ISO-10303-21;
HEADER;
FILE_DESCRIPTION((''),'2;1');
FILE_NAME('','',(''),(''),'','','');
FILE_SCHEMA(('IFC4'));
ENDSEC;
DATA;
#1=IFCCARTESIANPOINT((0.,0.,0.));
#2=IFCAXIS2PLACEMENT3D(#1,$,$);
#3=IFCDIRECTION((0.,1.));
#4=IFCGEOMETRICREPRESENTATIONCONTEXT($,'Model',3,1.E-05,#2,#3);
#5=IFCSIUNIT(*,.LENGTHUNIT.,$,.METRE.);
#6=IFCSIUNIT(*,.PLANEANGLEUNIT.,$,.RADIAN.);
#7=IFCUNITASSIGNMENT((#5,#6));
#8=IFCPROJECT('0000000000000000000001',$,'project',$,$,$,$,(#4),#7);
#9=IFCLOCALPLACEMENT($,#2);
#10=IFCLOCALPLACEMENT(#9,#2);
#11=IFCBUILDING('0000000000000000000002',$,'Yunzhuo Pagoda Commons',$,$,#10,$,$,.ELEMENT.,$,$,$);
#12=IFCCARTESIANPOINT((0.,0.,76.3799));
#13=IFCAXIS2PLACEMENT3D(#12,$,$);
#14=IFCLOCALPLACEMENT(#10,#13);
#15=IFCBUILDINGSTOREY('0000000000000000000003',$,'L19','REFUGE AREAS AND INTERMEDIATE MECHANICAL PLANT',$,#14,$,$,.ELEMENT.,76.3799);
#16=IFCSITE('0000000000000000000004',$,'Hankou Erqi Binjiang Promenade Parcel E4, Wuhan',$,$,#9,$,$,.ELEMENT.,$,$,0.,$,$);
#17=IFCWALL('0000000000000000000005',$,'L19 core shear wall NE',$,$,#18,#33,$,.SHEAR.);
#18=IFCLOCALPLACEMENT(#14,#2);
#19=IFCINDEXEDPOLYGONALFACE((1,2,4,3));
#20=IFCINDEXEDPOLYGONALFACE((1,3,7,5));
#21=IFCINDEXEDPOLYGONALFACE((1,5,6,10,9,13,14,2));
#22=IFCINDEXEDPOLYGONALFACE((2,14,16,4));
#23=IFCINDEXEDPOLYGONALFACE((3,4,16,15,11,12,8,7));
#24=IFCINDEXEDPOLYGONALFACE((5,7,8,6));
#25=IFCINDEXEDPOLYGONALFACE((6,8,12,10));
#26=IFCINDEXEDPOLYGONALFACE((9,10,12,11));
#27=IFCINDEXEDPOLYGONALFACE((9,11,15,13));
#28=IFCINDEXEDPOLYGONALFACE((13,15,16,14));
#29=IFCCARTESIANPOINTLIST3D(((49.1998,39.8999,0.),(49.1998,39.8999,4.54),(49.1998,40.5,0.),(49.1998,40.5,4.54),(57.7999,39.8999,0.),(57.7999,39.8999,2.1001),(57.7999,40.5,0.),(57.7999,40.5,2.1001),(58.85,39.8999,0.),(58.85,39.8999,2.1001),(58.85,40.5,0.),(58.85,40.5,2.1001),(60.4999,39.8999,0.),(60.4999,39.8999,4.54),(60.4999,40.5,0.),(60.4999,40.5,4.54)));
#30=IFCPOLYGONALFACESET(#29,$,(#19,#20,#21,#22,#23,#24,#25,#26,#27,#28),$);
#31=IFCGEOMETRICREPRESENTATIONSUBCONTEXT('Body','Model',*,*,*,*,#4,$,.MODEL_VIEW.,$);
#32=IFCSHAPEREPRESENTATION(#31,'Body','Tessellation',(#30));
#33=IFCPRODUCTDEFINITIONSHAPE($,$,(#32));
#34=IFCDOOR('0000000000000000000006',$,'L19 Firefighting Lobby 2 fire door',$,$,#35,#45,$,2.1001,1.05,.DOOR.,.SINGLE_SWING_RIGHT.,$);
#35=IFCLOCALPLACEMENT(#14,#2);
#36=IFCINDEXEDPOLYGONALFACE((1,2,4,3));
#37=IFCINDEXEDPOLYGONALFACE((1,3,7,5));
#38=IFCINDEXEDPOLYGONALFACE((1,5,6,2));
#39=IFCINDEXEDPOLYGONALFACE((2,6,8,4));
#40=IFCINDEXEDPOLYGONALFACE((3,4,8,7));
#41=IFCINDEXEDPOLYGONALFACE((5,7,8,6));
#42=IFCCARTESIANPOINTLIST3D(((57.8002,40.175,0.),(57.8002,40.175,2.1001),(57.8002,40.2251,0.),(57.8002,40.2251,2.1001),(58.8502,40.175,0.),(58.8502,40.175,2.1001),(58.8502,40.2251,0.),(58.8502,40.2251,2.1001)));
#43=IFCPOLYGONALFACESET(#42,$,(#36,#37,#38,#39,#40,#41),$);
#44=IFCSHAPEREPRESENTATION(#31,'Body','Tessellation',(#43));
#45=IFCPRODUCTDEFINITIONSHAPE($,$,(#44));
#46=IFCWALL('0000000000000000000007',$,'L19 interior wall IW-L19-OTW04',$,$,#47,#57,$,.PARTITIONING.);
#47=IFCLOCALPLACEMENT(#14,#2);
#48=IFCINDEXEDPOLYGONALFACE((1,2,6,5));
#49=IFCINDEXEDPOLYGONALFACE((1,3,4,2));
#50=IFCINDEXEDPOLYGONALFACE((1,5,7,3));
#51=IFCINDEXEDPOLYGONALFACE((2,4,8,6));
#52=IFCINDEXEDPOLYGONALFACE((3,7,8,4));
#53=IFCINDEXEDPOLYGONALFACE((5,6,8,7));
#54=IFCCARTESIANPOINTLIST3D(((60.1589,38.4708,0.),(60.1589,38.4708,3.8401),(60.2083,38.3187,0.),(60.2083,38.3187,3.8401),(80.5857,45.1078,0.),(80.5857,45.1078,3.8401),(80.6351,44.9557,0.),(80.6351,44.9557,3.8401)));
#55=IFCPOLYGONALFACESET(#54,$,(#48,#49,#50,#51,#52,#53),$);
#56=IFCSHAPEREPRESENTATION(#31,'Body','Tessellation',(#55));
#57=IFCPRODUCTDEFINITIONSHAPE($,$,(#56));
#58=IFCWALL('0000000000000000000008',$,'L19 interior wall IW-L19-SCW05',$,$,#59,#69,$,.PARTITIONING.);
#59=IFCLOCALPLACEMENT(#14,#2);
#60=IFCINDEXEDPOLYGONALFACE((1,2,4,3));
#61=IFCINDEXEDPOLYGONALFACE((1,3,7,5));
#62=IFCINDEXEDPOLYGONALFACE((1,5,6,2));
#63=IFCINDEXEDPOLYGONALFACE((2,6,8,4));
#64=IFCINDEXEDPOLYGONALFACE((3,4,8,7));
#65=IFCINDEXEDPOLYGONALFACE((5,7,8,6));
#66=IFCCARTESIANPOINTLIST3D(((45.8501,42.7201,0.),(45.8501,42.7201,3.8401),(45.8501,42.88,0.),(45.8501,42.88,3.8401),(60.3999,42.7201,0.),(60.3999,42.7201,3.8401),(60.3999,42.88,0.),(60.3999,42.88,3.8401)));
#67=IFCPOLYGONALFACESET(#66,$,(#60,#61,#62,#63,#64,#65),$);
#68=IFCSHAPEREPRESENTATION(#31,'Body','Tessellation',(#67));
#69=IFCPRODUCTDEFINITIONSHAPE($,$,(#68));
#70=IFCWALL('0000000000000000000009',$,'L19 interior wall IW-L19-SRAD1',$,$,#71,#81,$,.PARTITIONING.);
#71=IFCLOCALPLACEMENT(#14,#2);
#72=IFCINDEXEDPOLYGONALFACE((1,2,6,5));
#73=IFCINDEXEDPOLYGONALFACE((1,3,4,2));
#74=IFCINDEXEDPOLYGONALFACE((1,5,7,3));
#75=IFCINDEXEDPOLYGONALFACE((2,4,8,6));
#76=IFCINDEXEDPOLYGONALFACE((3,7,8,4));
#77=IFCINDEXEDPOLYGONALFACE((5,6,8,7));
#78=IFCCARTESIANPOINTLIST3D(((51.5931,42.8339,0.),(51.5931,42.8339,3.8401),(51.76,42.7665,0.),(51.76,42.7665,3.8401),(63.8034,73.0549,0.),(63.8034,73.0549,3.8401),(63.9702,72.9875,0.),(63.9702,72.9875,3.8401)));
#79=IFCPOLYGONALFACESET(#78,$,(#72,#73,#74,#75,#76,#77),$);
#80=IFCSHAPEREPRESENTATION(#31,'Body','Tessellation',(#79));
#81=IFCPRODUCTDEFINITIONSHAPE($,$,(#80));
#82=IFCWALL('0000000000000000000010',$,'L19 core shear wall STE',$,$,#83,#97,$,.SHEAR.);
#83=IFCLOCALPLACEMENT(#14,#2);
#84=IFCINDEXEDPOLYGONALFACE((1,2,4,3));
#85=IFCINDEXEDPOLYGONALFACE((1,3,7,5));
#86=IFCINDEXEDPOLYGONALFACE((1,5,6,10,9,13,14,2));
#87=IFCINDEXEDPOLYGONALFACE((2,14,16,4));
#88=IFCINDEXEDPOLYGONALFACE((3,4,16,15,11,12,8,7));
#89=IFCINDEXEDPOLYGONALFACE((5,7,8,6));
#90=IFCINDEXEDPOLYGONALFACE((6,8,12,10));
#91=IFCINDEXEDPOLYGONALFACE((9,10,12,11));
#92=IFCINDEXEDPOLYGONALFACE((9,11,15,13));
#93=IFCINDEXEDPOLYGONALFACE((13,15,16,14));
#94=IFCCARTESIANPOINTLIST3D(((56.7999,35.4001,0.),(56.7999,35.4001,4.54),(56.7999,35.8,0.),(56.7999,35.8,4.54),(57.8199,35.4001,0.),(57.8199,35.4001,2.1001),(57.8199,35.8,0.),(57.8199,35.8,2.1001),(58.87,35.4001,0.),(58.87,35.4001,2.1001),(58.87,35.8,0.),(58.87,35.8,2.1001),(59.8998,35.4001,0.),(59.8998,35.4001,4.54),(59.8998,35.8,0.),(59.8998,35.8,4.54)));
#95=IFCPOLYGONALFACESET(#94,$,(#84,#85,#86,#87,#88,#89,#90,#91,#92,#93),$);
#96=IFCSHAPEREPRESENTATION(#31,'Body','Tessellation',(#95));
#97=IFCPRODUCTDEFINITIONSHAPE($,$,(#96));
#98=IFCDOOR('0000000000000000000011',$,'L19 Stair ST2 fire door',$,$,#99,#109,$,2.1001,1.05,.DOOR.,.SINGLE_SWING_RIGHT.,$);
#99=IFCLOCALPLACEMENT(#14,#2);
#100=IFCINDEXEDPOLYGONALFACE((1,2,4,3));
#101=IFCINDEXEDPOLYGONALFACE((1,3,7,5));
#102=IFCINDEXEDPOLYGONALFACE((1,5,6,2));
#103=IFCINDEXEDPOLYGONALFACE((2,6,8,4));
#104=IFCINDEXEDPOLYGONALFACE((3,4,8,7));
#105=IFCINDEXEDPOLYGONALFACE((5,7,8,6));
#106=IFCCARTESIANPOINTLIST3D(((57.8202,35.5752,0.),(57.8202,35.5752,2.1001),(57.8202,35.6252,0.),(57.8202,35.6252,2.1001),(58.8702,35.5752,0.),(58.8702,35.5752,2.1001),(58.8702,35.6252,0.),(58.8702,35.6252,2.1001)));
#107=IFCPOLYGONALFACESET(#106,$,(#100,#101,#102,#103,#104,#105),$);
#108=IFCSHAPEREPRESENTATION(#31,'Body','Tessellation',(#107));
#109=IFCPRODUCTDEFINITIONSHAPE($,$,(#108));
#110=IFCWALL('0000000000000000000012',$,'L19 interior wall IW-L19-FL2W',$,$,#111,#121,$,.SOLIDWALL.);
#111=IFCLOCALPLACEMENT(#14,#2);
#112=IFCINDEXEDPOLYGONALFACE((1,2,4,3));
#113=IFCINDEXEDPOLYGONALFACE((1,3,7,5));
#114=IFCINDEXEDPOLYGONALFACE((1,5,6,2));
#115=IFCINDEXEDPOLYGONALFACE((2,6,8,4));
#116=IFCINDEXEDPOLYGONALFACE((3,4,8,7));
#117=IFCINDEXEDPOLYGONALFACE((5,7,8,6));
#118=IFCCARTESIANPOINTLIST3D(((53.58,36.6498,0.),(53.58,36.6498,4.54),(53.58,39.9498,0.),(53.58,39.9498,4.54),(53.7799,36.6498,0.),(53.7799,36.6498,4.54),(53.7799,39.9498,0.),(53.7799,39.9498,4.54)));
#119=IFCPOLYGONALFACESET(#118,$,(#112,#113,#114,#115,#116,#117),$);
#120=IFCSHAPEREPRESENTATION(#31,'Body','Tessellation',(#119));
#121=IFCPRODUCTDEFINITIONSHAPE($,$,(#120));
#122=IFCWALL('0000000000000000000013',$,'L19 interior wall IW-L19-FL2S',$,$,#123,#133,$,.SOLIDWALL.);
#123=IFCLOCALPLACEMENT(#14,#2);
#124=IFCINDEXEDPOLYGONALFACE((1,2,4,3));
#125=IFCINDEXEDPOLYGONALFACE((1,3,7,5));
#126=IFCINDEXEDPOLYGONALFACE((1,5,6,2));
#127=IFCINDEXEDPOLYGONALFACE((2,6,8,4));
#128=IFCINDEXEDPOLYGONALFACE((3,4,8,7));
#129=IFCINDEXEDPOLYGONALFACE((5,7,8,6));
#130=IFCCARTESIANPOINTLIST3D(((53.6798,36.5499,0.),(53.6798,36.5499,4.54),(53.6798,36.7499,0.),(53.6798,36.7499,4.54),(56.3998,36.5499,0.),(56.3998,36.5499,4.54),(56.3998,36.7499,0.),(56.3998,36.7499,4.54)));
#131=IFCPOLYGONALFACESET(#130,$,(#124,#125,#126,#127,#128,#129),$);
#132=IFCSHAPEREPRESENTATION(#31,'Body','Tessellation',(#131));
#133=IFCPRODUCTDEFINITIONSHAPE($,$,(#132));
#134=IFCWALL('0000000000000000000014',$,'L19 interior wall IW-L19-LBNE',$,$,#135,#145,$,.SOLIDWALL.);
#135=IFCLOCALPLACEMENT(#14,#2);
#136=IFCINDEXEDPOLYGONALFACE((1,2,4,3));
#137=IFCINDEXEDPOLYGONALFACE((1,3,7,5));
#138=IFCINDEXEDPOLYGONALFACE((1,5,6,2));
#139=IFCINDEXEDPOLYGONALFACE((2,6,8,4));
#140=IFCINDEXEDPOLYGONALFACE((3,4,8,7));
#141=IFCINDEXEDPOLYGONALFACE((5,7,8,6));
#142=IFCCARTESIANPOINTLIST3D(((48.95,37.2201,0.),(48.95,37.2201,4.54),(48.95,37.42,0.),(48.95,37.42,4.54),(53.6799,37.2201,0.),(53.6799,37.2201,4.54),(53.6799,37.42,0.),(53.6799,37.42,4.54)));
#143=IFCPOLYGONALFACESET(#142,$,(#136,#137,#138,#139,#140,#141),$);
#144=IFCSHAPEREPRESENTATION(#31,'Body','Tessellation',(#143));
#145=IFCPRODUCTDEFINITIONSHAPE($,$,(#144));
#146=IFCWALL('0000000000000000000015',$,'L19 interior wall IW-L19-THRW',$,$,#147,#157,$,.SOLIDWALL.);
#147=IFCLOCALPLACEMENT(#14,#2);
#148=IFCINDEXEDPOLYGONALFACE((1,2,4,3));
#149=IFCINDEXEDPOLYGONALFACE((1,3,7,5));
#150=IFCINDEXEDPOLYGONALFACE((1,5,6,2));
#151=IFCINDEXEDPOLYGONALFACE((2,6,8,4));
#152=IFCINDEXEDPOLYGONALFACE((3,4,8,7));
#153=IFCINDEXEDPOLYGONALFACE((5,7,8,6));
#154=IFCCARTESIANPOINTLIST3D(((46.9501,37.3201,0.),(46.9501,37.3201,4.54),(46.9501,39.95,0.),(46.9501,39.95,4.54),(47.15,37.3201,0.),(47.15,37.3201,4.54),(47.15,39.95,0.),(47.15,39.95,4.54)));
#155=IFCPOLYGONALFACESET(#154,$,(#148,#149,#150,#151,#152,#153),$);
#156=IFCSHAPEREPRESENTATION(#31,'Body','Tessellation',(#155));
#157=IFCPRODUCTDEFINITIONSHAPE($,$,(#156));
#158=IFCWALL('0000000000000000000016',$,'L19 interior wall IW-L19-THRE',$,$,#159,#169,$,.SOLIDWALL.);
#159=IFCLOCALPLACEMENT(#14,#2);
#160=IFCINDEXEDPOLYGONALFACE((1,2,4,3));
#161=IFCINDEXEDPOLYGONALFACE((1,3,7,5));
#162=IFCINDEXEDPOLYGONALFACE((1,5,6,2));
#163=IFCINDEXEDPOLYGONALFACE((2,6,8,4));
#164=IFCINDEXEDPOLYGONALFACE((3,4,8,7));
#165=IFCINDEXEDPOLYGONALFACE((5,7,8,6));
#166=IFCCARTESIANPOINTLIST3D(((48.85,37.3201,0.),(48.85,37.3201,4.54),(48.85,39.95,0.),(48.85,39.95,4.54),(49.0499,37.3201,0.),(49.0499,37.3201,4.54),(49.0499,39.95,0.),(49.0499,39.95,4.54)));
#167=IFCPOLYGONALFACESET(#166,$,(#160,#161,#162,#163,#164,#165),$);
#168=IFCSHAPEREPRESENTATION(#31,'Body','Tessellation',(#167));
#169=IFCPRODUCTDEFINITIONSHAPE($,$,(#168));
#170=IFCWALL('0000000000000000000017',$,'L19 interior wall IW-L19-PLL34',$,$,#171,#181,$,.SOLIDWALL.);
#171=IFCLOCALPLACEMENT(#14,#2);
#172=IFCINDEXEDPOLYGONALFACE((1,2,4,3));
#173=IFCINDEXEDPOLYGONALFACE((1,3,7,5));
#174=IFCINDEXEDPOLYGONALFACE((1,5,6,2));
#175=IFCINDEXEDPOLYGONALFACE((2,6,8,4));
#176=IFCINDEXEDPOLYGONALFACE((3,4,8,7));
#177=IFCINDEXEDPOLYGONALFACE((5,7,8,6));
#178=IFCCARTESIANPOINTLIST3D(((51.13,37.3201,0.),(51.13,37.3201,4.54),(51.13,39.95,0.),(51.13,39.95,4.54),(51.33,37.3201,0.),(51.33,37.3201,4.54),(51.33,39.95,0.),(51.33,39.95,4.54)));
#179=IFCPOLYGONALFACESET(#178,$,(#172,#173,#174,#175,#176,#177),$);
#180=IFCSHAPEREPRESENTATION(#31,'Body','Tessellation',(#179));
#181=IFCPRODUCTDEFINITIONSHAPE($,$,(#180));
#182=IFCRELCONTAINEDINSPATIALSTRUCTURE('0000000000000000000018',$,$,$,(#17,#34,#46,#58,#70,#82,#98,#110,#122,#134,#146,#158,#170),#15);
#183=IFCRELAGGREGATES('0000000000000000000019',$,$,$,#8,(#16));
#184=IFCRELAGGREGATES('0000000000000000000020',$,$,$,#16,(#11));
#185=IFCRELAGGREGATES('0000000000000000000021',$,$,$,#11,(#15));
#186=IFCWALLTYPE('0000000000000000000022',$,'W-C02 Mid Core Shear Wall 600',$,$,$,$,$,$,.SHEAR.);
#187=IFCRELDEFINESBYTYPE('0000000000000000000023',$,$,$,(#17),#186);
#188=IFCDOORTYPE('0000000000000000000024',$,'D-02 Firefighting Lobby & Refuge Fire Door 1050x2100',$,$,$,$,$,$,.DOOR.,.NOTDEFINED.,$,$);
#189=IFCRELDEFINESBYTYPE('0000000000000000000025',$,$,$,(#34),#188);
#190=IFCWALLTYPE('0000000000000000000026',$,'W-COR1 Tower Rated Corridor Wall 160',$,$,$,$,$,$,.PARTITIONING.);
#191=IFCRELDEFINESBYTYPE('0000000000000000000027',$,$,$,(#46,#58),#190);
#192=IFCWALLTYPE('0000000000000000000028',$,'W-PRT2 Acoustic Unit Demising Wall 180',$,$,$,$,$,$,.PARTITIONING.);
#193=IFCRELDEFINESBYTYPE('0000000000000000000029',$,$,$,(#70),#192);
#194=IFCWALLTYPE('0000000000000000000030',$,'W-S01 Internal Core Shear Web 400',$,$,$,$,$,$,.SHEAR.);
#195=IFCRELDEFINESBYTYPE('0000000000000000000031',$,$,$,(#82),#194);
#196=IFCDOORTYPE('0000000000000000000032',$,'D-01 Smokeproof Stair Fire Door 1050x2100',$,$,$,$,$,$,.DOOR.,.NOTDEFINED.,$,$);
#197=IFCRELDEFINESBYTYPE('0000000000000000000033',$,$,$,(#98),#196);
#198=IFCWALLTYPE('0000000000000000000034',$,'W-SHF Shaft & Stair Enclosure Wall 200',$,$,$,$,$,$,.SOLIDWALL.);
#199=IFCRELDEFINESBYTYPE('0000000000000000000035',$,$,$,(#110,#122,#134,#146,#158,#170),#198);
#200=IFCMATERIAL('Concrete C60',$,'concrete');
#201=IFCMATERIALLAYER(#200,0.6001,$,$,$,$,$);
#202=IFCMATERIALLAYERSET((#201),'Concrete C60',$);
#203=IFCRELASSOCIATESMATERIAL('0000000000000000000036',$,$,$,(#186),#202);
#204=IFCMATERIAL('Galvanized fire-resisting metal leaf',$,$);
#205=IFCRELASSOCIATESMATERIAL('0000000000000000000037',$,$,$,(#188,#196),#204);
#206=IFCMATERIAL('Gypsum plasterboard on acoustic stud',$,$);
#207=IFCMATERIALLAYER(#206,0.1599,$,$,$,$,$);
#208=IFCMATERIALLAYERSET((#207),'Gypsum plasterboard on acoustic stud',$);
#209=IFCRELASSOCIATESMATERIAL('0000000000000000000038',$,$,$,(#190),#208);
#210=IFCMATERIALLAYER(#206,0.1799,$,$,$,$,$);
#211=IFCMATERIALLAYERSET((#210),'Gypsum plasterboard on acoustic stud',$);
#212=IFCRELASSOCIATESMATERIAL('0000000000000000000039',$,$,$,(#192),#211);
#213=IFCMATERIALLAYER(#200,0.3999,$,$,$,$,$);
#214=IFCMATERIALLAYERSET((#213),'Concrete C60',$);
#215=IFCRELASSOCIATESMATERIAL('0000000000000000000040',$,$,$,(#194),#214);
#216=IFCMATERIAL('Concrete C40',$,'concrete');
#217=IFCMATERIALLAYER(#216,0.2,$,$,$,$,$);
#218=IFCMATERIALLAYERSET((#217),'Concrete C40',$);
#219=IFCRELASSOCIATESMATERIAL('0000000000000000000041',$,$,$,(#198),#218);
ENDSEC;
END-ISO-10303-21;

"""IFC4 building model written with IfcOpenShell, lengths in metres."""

from ifc_helpers import new_model, si_unit, direction, frame, frame_2d, origin, place, context, subcontext, project, spatial, rectangle, extrude, source, transform, mapped, material, layer, layer_set, type_object, element, fill, save


model = new_model("IFC4")

# Units and contexts
model_context = context("Model", 3, precision=1e-05, world=origin(), true_north=direction((0.0, 1.0)))
body_context = subcontext(model_context, "Body", "Model", "MODEL_VIEW")
ifc_project = project(units=[si_unit("LENGTHUNIT", "METRE"), si_unit("PLANEANGLEUNIT", "RADIAN")], contexts=[model_context])

# Site, building, storey
site_placement = place(None, origin())
site = spatial("IfcSite", under=ifc_project, at=site_placement, Name="Hankou Erqi Binjiang Promenade Parcel E4, Wuhan", CompositionType="ELEMENT", RefElevation=0.0)
building_placement = place(site_placement, origin())
building = spatial("IfcBuilding", under=site, at=building_placement, Name="Yunzhuo Pagoda Commons", CompositionType="ELEMENT")
storey_placement = place(building_placement, frame((0.0, 0.0, 76.3799)))
storey = spatial("IfcBuildingStorey", under=building, at=storey_placement, Name="L19", Description="REFUGE AREAS AND INTERMEDIATE MECHANICAL PLANT", CompositionType="ELEMENT", Elevation=76.3799)

# Wall, opening, door
ifc_material_1 = material(Name="Concrete C60", Category="concrete")
ifc_layer_1 = layer(ifc_material_1, 0.6001)
ifc_layer_set_1 = layer_set([ifc_layer_1], Name="Concrete C60")
wall_type_1 = type_object("IfcWallType", Name="W-C02 Mid Core Shear Wall 600", PredefinedType="SHEAR", material=ifc_layer_set_1)
wall_1_placement = place(storey_placement, frame((49.2, 40.2, 0.0), z_axis=(0.0, 0.0, 1.0), x_axis=(1.0, 0.0, 0.0)))
wall_1 = element("IfcWall", 1, at=wall_1_placement, inside=storey, type_object=wall_type_1, Name="L19 core shear wall NE", PredefinedType="SHEAR", context=body_context, shape_type="SweptSolid", body=[
    extrude(rectangle(XDim=11.3, YDim=0.6001, at=frame_2d((5.6499, 0.0))), origin(), (0.0, 0.0, 1.0), 4.54),
])
opening_1_placement = place(wall_1_placement, frame((8.6001, 0.0, 0.0)))
opening_1 = element("IfcOpeningElement", 2, at=opening_1_placement, cuts=wall_1, PredefinedType="OPENING", context=body_context, shape_type="SweptSolid", body=[
    extrude(rectangle(XDim=1.05, YDim=2.1001, at=frame_2d((0.5249, 1.05))), frame((0.0, 0.3101, 0.0), z_axis=(0.0, -1.0, 0.0), x_axis=(1.0, 0.0, 0.0)), (0.0, 0.0, 1.0), 0.6201),
])
ifc_material_2 = material(Name="Galvanized fire-resisting metal leaf")
door_type_1 = type_object("IfcDoorType", Name="D-02 Firefighting Lobby & Refuge Fire Door 1050x2100", OperationType="NOTDEFINED", PredefinedType="DOOR", material=ifc_material_2)
shared_shape_1 = source(origin(), body_context, "Body", "SweptSolid", [
    extrude(rectangle(XDim=1.05, YDim=2.1001, at=frame_2d((0.5249, 1.05))), frame((0.0, 0.0249, 0.0), z_axis=(0.0, -1.0, 0.0), x_axis=(1.0, 0.0, 0.0)), (0.0, 0.0, 1.0), 0.05),
])
door_1_placement = place(opening_1_placement, frame((1.05, 0.0, 0.0), z_axis=(0.0, 0.0, 1.0), x_axis=(-1.0, 0.0, 0.0)))
door_1 = element("IfcDoor", 3, at=door_1_placement, inside=storey, type_object=door_type_1, Name="L19 Firefighting Lobby 2 fire door", OperationType="SINGLE_SWING_RIGHT", OverallHeight=2.1001, OverallWidth=1.05, PredefinedType="DOOR", context=body_context, shape_type="MappedRepresentation", body=[
    mapped(shared_shape_1, transform((0.0, 0.0, 0.0), scale=1.0)),
])
fill(opening_1, door_1)

# Walls
ifc_material_3 = material(Name="Gypsum plasterboard on acoustic stud")
ifc_layer_2 = layer(ifc_material_3, 0.1599)
ifc_layer_set_2 = layer_set([ifc_layer_2], Name="Gypsum plasterboard on acoustic stud")
wall_type_2 = type_object("IfcWallType", Name="W-COR1 Tower Rated Corridor Wall 160", PredefinedType="PARTITIONING", material=ifc_layer_set_2)
wall_2_placement = place(storey_placement, frame((60.1836, 38.3948, 0.0), z_axis=(0.0, 0.0, 1.0), x_axis=(0.951058, 0.309013, 0.0)))
element("IfcWall", 4, at=wall_2_placement, inside=storey, type_object=wall_type_2, Name="L19 interior wall IW-L19-OTW04", PredefinedType="PARTITIONING", context=body_context, shape_type="SweptSolid", body=[
    extrude(rectangle(XDim=21.478, YDim=0.1599, at=frame_2d((10.739, 0.0))), origin(), (0.0, 0.0, 1.0), 3.8401),
])
wall_3_placement = place(storey_placement, frame((45.8501, 42.8, 0.0), z_axis=(0.0, 0.0, 1.0), x_axis=(1.0, 0.0, 0.0)))
element("IfcWall", 5, at=wall_3_placement, inside=storey, type_object=wall_type_2, Name="L19 interior wall IW-L19-SCW05", PredefinedType="PARTITIONING", context=body_context, shape_type="SweptSolid", body=[
    extrude(rectangle(XDim=14.5498, YDim=0.1599, at=frame_2d((7.2749, 0.0))), origin(), (0.0, 0.0, 1.0), 3.8401),
])
ifc_layer_3 = layer(ifc_material_3, 0.1799)
ifc_layer_set_3 = layer_set([ifc_layer_3], Name="Gypsum plasterboard on acoustic stud")
wall_type_3 = type_object("IfcWallType", Name="W-PRT2 Acoustic Unit Demising Wall 180", PredefinedType="PARTITIONING", material=ifc_layer_set_3)
wall_4_placement = place(storey_placement, frame((51.6765, 42.8, 0.0), z_axis=(0.0, 0.0, 1.0), x_axis=(0.374611, 0.927182, 0.0)))
element("IfcWall", 6, at=wall_4_placement, inside=storey, type_object=wall_type_3, Name="L19 interior wall IW-L19-SRAD1", PredefinedType="PARTITIONING", context=body_context, shape_type="SweptSolid", body=[
    extrude(rectangle(XDim=32.5945, YDim=0.1799, at=frame_2d((16.2974, 0.0))), origin(), (0.0, 0.0, 1.0), 3.8401),
])

# Wall, opening, door
ifc_layer_4 = layer(ifc_material_1, 0.3999)
ifc_layer_set_4 = layer_set([ifc_layer_4], Name="Concrete C60")
wall_type_4 = type_object("IfcWallType", Name="W-S01 Internal Core Shear Web 400", PredefinedType="SHEAR", material=ifc_layer_set_4)
wall_5_placement = place(storey_placement, frame((56.8, 35.6001, 0.0), z_axis=(0.0, 0.0, 1.0), x_axis=(1.0, 0.0, 0.0)))
wall_5 = element("IfcWall", 7, at=wall_5_placement, inside=storey, type_object=wall_type_4, Name="L19 core shear wall STE", PredefinedType="SHEAR", context=body_context, shape_type="SweptSolid", body=[
    extrude(rectangle(XDim=3.0999, YDim=0.3999, at=frame_2d((1.5498, 0.0))), origin(), (0.0, 0.0, 1.0), 4.54),
])
opening_2_placement = place(wall_5_placement, frame((1.02, 0.0, 0.0)))
opening_2 = element("IfcOpeningElement", 8, at=opening_2_placement, cuts=wall_5, PredefinedType="OPENING", context=body_context, shape_type="SweptSolid", body=[
    extrude(rectangle(XDim=1.05, YDim=2.1001, at=frame_2d((0.5249, 1.05))), frame((0.0, 0.21, 0.0), z_axis=(0.0, -1.0, 0.0), x_axis=(1.0, 0.0, 0.0)), (0.0, 0.0, 1.0), 0.4199),
])
door_type_2 = type_object("IfcDoorType", Name="D-01 Smokeproof Stair Fire Door 1050x2100", OperationType="NOTDEFINED", PredefinedType="DOOR", material=ifc_material_2)
door_2_placement = place(opening_2_placement, frame((1.05, 0.0, 0.0), z_axis=(0.0, 0.0, 1.0), x_axis=(-1.0, 0.0, 0.0)))
door_2 = element("IfcDoor", 9, at=door_2_placement, inside=storey, type_object=door_type_2, Name="L19 Stair ST2 fire door", OperationType="SINGLE_SWING_RIGHT", OverallHeight=2.1001, OverallWidth=1.05, PredefinedType="DOOR", context=body_context, shape_type="MappedRepresentation", body=[
    mapped(shared_shape_1, transform((0.0, 0.0, 0.0), scale=1.0)),
])
fill(opening_2, door_2)

# Walls
ifc_material_4 = material(Name="Concrete C40", Category="concrete")
ifc_layer_5 = layer(ifc_material_4, 0.2)
ifc_layer_set_5 = layer_set([ifc_layer_5], Name="Concrete C40")
wall_type_5 = type_object("IfcWallType", Name="W-SHF Shaft & Stair Enclosure Wall 200", PredefinedType="SOLIDWALL", material=ifc_layer_set_5)
wall_6_placement = place(storey_placement, frame((53.6799, 36.6499, 0.0), z_axis=(0.0, 0.0, 1.0), x_axis=(0.0, 1.0, 0.0)))
element("IfcWall", 10, at=wall_6_placement, inside=storey, type_object=wall_type_5, Name="L19 interior wall IW-L19-FL2W", PredefinedType="SOLIDWALL", context=body_context, shape_type="SweptSolid", body=[
    extrude(rectangle(XDim=3.3, YDim=0.2, at=frame_2d((1.6499, 0.0))), origin(), (0.0, 0.0, 1.0), 4.54),
])
wall_7_placement = place(storey_placement, frame((53.6799, 36.6499, 0.0), z_axis=(0.0, 0.0, 1.0), x_axis=(1.0, 0.0, 0.0)))
element("IfcWall", 11, at=wall_7_placement, inside=storey, type_object=wall_type_5, Name="L19 interior wall IW-L19-FL2S", PredefinedType="SOLIDWALL", context=body_context, shape_type="SweptSolid", body=[
    extrude(rectangle(XDim=2.72, YDim=0.2, at=frame_2d((1.3599, 0.0))), origin(), (0.0, 0.0, 1.0), 4.54),
])
wall_8_placement = place(storey_placement, frame((48.95, 37.3201, 0.0), z_axis=(0.0, 0.0, 1.0), x_axis=(1.0, 0.0, 0.0)))
element("IfcWall", 12, at=wall_8_placement, inside=storey, type_object=wall_type_5, Name="L19 interior wall IW-L19-LBNE", PredefinedType="SOLIDWALL", context=body_context, shape_type="SweptSolid", body=[
    extrude(rectangle(XDim=4.73, YDim=0.2, at=frame_2d((2.365, 0.0))), origin(), (0.0, 0.0, 1.0), 4.54),
])
for number, where, z_axis, x_axis, name in (
    (13, (47.05, 37.3201, 0.0), (0.0, 0.0, 1.0), (0.0, 1.0, 0.0), "L19 interior wall IW-L19-THRW"),
    (14, (48.95, 37.3201, 0.0), (0.0, 0.0, 1.0), (0.0, 1.0, 0.0), "L19 interior wall IW-L19-THRE"),
    (15, (51.23, 37.3201, 0.0), (0.0, 0.0, 1.0), (0.0, 1.0, 0.0), "L19 interior wall IW-L19-PLL34"),
):
    element("IfcWall", number, at=place(storey_placement, frame(where, z_axis=z_axis, x_axis=x_axis)), inside=storey, type_object=wall_type_5, Name=name, PredefinedType="SOLIDWALL", context=body_context, shape_type="SweptSolid", body=[
        extrude(rectangle(XDim=2.6299, YDim=0.2, at=frame_2d((1.3149, 0.0))), origin(), (0.0, 0.0, 1.0), 4.54),
    ])

save(model, "model.ifc")
